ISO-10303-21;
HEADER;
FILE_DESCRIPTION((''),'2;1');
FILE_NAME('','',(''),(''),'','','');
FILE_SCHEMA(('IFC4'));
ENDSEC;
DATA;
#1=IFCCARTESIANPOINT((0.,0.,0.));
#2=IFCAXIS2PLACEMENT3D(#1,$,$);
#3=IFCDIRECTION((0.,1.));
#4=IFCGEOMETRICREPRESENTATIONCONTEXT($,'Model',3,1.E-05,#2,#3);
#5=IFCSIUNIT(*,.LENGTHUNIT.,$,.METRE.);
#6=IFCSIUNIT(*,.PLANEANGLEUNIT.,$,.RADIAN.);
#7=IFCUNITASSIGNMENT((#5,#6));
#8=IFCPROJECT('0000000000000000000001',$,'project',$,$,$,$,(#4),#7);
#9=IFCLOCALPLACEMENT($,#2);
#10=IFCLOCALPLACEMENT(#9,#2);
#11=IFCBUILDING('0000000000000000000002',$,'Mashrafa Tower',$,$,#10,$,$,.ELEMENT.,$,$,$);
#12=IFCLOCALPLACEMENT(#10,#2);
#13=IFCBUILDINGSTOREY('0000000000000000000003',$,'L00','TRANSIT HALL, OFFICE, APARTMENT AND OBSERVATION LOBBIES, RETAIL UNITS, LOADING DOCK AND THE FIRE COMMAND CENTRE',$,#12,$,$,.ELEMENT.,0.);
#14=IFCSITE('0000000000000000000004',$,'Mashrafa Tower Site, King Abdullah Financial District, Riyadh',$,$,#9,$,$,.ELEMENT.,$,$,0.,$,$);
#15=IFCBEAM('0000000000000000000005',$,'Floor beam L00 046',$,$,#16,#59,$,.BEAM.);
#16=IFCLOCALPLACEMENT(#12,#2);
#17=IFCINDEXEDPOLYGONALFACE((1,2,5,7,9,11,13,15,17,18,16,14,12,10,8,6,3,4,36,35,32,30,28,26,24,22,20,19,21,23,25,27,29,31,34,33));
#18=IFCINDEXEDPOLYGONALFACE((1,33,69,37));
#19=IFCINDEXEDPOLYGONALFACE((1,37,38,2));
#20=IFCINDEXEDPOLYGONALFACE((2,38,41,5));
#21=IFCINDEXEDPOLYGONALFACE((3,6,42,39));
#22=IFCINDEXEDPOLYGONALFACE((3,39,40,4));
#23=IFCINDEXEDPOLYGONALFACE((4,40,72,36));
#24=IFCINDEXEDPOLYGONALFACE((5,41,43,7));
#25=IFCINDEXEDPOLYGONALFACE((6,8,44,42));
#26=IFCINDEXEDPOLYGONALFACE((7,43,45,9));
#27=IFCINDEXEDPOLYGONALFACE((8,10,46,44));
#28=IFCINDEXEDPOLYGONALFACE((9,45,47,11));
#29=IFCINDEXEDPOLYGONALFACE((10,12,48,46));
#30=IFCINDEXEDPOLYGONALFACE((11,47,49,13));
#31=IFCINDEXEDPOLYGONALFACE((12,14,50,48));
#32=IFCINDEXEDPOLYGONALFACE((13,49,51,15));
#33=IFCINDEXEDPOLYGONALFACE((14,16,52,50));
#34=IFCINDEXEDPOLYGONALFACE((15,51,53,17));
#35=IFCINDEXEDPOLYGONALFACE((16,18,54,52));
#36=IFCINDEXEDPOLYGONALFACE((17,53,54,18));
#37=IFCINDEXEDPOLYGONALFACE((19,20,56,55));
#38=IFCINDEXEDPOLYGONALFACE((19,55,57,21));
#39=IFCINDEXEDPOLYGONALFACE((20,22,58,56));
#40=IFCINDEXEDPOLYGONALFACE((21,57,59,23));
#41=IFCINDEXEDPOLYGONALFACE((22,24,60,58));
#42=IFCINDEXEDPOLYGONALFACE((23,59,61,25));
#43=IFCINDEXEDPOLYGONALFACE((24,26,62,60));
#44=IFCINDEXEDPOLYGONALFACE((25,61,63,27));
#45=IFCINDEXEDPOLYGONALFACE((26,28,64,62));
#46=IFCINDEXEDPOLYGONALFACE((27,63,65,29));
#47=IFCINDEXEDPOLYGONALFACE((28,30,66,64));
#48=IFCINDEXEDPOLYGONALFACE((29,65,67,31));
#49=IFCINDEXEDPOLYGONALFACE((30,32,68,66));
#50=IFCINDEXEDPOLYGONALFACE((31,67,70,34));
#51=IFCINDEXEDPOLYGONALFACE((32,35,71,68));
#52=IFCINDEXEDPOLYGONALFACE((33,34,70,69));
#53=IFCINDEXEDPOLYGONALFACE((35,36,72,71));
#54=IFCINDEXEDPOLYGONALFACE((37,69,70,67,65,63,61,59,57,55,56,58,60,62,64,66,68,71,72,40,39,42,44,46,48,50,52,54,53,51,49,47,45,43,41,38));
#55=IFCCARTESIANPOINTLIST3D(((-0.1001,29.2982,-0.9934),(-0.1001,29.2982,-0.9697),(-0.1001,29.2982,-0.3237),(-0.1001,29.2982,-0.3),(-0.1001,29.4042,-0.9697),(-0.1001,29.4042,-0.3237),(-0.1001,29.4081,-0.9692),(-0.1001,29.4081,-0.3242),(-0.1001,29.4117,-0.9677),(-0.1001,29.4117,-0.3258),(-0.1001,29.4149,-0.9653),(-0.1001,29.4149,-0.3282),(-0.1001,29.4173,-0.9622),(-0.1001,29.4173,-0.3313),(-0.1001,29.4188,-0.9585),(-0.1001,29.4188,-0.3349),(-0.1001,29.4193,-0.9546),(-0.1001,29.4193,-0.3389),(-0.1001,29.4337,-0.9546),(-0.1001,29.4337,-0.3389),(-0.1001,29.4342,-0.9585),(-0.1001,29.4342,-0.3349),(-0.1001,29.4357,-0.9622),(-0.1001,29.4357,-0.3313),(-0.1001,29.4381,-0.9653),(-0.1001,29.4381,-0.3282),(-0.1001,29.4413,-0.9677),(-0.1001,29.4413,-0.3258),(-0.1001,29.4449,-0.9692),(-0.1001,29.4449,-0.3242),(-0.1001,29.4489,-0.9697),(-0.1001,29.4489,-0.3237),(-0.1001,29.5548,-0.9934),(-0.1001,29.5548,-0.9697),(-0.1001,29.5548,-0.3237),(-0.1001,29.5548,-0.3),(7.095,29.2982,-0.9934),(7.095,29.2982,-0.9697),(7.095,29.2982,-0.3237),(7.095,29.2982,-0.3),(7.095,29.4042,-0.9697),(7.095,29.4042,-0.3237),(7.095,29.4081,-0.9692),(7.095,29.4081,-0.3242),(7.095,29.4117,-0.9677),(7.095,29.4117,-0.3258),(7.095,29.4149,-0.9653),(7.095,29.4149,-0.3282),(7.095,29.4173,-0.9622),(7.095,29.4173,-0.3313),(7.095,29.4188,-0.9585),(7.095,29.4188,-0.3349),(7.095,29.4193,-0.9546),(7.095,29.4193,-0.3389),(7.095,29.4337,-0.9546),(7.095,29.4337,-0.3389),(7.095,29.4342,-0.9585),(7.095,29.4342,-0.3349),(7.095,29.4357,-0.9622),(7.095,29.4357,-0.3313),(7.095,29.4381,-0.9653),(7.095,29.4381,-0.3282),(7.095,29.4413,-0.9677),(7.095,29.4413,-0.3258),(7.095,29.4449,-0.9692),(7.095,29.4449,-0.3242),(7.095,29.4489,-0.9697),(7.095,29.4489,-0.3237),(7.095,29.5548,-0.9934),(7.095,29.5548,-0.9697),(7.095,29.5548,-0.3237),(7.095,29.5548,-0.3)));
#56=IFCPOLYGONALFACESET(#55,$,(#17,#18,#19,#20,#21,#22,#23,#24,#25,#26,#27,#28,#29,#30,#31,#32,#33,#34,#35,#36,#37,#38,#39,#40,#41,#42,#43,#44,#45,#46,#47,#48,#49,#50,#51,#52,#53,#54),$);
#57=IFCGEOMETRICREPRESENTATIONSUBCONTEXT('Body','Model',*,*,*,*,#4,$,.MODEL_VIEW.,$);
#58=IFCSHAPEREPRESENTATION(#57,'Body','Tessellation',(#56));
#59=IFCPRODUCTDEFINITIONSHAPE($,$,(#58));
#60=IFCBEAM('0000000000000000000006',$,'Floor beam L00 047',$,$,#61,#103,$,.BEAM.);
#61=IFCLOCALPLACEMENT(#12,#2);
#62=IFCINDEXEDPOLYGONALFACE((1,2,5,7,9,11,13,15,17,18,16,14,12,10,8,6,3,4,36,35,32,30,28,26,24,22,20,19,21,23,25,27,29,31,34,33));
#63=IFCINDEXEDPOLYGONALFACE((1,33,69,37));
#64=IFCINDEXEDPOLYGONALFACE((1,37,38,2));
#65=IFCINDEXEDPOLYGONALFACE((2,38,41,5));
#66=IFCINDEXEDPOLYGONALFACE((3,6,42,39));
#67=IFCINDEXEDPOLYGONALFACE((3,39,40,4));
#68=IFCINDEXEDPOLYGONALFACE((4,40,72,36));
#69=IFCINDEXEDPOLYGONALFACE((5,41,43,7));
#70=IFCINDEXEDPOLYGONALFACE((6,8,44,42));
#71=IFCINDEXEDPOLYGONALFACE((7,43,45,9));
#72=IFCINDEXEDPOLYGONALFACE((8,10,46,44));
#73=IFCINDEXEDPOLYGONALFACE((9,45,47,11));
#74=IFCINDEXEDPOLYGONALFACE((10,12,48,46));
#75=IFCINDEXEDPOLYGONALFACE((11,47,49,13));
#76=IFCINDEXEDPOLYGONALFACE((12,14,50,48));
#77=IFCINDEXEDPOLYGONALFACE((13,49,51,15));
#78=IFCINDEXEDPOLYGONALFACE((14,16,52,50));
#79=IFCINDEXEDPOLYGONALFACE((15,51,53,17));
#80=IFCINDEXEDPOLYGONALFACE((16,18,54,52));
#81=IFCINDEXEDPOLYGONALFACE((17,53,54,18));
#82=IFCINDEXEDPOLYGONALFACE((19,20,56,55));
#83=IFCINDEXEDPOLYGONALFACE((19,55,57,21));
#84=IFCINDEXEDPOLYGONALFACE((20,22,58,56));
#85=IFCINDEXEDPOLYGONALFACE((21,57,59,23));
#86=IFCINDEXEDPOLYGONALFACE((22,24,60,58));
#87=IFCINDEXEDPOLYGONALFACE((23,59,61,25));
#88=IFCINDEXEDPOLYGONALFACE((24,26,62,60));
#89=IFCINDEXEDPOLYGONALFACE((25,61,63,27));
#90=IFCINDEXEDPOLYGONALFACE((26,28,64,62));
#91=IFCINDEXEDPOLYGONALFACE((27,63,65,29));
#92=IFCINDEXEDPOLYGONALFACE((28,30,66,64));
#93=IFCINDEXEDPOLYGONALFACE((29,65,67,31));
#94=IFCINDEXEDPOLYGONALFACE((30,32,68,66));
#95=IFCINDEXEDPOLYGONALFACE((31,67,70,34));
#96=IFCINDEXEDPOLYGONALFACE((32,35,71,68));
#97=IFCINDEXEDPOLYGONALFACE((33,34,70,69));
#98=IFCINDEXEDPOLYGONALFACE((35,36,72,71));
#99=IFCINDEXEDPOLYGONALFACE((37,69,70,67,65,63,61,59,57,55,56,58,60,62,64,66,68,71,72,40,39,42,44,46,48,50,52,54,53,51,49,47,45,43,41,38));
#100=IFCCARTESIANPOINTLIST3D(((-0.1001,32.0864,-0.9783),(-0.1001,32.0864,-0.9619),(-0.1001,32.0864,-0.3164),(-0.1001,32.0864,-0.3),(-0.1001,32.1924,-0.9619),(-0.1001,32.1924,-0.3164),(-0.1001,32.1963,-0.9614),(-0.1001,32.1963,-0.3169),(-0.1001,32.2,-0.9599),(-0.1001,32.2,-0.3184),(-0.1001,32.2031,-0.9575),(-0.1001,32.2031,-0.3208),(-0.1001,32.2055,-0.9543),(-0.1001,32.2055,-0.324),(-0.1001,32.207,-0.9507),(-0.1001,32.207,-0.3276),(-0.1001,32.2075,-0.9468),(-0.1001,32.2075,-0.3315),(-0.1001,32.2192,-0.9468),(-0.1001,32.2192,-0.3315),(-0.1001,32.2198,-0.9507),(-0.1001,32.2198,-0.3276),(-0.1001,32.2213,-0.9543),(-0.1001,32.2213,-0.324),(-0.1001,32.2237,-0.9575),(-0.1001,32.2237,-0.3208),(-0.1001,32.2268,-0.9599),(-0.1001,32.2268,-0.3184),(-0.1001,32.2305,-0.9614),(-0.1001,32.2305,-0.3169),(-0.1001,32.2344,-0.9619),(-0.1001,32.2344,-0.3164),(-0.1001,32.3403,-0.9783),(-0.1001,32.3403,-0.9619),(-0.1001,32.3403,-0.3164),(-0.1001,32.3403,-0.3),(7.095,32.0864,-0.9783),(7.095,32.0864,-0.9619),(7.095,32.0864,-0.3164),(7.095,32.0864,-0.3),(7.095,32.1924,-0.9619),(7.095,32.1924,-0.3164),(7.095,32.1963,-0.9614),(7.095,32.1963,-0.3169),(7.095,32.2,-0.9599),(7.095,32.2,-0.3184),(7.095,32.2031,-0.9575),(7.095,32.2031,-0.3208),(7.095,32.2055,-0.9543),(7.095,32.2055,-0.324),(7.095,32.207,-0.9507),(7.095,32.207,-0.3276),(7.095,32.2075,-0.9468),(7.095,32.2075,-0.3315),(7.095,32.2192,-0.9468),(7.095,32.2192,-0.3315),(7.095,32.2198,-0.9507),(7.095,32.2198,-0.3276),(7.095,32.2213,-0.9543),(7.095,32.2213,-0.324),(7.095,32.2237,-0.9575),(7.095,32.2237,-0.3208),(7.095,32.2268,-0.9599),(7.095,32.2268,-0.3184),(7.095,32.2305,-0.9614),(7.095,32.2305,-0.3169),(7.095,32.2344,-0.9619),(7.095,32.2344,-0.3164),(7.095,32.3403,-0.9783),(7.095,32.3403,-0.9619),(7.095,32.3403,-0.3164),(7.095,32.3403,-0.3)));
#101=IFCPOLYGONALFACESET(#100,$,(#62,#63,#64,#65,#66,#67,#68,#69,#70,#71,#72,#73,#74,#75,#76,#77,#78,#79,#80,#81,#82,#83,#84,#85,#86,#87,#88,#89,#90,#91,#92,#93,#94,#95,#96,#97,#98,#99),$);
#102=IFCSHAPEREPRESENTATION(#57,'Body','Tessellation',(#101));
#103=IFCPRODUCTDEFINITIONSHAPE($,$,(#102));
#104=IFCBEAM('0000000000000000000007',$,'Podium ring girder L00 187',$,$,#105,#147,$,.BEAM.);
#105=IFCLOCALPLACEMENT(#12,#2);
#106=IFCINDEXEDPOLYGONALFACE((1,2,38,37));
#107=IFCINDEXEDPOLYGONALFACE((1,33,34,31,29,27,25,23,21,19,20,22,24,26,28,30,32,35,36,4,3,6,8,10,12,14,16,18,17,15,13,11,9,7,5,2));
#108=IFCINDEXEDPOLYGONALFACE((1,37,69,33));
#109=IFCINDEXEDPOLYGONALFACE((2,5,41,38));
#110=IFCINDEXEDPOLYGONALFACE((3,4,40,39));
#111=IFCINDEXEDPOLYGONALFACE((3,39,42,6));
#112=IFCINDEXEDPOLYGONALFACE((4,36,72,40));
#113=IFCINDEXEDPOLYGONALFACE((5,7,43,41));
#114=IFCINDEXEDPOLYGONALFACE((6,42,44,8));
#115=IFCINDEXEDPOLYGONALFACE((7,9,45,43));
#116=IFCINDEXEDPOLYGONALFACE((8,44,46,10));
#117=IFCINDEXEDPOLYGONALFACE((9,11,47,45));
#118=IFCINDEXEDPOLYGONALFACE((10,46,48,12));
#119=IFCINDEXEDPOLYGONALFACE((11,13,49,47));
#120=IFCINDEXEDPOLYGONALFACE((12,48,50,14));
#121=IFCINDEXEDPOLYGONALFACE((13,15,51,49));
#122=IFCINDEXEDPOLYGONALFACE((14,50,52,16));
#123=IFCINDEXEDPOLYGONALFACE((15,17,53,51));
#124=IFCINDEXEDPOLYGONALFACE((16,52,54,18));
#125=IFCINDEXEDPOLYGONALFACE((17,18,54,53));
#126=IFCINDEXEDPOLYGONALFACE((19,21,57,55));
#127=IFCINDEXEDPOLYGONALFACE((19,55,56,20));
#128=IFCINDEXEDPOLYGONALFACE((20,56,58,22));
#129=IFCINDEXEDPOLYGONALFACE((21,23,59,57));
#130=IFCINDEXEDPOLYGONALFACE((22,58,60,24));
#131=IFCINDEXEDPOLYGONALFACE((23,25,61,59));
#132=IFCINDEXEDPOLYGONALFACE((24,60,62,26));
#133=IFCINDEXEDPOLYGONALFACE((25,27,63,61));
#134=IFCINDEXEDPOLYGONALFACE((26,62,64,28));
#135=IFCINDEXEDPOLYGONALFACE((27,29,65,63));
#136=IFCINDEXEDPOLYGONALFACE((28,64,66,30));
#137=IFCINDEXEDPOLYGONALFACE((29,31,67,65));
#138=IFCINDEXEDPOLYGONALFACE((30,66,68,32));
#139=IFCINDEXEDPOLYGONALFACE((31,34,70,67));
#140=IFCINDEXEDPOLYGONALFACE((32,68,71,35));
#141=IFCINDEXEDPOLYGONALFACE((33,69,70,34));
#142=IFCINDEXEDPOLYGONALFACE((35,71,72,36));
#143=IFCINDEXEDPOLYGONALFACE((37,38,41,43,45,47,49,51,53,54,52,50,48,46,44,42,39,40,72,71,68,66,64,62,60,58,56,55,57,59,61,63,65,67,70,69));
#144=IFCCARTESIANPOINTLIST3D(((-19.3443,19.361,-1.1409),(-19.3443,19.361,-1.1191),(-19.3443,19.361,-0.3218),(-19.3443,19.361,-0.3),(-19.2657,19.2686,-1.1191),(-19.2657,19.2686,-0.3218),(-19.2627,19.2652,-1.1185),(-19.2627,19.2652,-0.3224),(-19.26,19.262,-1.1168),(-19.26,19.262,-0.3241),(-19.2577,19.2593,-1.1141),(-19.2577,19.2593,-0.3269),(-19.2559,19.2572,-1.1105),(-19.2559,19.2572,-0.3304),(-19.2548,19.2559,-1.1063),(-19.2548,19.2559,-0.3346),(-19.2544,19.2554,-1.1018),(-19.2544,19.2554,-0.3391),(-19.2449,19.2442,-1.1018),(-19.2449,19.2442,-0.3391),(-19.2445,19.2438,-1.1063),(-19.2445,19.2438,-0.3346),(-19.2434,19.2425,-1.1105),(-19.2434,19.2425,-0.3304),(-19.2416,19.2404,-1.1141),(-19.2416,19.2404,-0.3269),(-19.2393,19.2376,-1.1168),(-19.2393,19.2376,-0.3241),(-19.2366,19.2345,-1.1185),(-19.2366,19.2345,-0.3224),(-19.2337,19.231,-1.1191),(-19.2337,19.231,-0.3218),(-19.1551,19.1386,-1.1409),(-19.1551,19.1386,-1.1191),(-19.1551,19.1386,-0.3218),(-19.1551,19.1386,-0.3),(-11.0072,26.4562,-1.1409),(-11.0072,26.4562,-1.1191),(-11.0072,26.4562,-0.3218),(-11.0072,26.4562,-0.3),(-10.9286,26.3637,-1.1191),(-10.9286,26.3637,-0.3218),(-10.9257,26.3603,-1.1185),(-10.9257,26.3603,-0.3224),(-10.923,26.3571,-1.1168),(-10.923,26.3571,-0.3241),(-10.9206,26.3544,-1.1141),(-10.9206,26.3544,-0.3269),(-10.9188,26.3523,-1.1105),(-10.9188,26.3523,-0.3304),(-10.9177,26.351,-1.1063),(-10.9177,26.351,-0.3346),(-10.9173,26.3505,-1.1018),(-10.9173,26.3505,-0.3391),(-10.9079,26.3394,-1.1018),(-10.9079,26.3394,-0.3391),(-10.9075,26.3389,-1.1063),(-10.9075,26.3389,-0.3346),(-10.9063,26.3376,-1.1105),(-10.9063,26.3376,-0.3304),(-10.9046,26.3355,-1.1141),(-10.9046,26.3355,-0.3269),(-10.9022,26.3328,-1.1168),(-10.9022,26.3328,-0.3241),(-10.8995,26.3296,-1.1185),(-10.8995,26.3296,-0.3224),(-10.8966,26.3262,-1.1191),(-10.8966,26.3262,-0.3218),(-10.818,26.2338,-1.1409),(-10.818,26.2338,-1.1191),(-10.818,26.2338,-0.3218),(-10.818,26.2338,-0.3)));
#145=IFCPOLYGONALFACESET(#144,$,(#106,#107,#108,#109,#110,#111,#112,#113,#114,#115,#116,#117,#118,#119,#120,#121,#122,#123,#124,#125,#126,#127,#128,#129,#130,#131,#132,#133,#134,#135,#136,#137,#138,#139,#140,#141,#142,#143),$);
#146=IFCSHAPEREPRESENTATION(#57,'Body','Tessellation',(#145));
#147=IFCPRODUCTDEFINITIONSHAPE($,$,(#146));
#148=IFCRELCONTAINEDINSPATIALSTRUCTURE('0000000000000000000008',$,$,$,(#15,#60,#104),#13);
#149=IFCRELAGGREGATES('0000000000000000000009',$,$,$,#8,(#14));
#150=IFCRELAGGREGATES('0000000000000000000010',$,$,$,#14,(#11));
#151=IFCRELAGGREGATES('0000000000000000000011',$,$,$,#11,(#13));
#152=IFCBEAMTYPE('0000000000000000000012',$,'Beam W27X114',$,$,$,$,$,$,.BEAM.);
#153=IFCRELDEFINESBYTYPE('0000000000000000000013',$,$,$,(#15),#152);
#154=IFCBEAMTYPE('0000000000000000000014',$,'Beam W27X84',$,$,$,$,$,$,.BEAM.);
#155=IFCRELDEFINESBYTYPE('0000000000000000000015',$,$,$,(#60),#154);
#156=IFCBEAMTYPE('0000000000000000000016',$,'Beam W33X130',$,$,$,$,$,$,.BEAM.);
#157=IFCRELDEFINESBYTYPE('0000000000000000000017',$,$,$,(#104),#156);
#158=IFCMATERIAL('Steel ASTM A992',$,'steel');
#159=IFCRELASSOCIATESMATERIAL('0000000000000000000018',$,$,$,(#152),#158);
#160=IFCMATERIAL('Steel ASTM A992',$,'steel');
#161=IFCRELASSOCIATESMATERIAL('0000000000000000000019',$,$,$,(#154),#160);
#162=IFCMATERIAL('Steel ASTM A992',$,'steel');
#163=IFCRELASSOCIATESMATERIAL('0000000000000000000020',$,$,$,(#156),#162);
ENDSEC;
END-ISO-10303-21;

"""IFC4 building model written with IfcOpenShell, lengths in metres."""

from ifc_helpers import new_model, si_unit, direction, frame, origin, origin_2d, place, context, subcontext, project, spatial, i_section, extrude, material, material_profile, profile_set, type_object, element, save


model = new_model("IFC4")

# Units and contexts
model_context = context("Model", 3, precision=1e-05, world=origin(), true_north=direction((0.0, 1.0)))
body_context = subcontext(model_context, "Body", "Model", "MODEL_VIEW")
ifc_project = project(units=[si_unit("LENGTHUNIT", "METRE"), si_unit("PLANEANGLEUNIT", "RADIAN")], contexts=[model_context])

# Site, building, storey
site_placement = place(None, origin())
site = spatial("IfcSite", under=ifc_project, at=site_placement, Name="Mashrafa Tower Site, King Abdullah Financial District, Riyadh", CompositionType="ELEMENT", RefElevation=0.0)
building_placement = place(site_placement, origin())
building = spatial("IfcBuilding", under=site, at=building_placement, Name="Mashrafa Tower", CompositionType="ELEMENT")
storey_placement = place(building_placement, origin())
storey = spatial("IfcBuildingStorey", under=building, at=storey_placement, Name="L00", Description="TRANSIT HALL, OFFICE, APARTMENT AND OBSERVATION LOBBIES, RETAIL UNITS, LOADING DOCK AND THE FIRE COMMAND CENTRE", CompositionType="ELEMENT", Elevation=0.0)

# Beams
ifc_material_1 = material(Name="Steel ASTM A992", Category="steel")
ifc_material_profile_1 = material_profile(ifc_material_1, i_section(OverallWidth=0.2566, OverallDepth=0.6934, WebThickness=0.0144, FlangeThickness=0.0237, FilletRadius=0.0151, at=origin_2d()), Name="W27X114")
ifc_profile_set_1 = profile_set([ifc_material_profile_1], Name="Steel ASTM A992")
beam_type_1 = type_object("IfcBeamType", Name="Beam W27X114", PredefinedType="BEAM", material=ifc_profile_set_1)
beam_1_placement = place(storey_placement, frame((-0.1001, 29.4265, -0.6467), z_axis=(1.0, 0.0, 0.0), x_axis=(0.0, 1.0, 0.0)))
element("IfcBeam", 1, at=beam_1_placement, inside=storey, type_object=beam_type_1, Name="Floor beam L00 046", PredefinedType="BEAM", context=body_context, shape_type="SweptSolid", body=[
    extrude(i_section(OverallWidth=0.2566, OverallDepth=0.6934, WebThickness=0.0144, FlangeThickness=0.0237, FilletRadius=0.0151, at=origin_2d()), origin(), (0.0, 0.0, 1.0), 7.1951),
])
ifc_material_2 = material(Name="Steel ASTM A992", Category="steel")
ifc_material_profile_2 = material_profile(ifc_material_2, i_section(OverallWidth=0.2539, OverallDepth=0.6782, WebThickness=0.0117, FlangeThickness=0.0164, FilletRadius=0.0151, at=origin_2d()), Name="W27X84")
ifc_profile_set_2 = profile_set([ifc_material_profile_2], Name="Steel ASTM A992")
beam_type_2 = type_object("IfcBeamType", Name="Beam W27X84", PredefinedType="BEAM", material=ifc_profile_set_2)
beam_2_placement = place(storey_placement, frame((-0.1001, 32.2134, -0.6392), z_axis=(1.0, 0.0, 0.0), x_axis=(0.0, 1.0, 0.0)))
element("IfcBeam", 2, at=beam_2_placement, inside=storey, type_object=beam_type_2, Name="Floor beam L00 047", PredefinedType="BEAM", context=body_context, shape_type="SweptSolid", body=[
    extrude(i_section(OverallWidth=0.2539, OverallDepth=0.6782, WebThickness=0.0117, FlangeThickness=0.0164, FilletRadius=0.0151, at=origin_2d()), origin(), (0.0, 0.0, 1.0), 7.1951),
])
ifc_material_3 = material(Name="Steel ASTM A992", Category="steel")
ifc_material_profile_3 = material_profile(ifc_material_3, i_section(OverallWidth=0.292, OverallDepth=0.8408, WebThickness=0.0146, FlangeThickness=0.0217, FilletRadius=0.0173, at=origin_2d()), Name="W33X130")
ifc_profile_set_3 = profile_set([ifc_material_profile_3], Name="Steel ASTM A992")
beam_type_3 = type_object("IfcBeamType", Name="Beam W33X130", PredefinedType="BEAM", material=ifc_profile_set_3)
beam_3_placement = place(storey_placement, frame((-10.9126, 26.345, -0.7205), z_axis=(-0.76155, -0.648106, 0.0), x_axis=(0.648106, -0.76155, 0.0)))
element("IfcBeam", 3, at=beam_3_placement, inside=storey, type_object=beam_type_3, Name="Podium ring girder L00 187", PredefinedType="BEAM", context=body_context, shape_type="SweptSolid", body=[
    extrude(i_section(OverallWidth=0.292, OverallDepth=0.8408, WebThickness=0.0146, FlangeThickness=0.0217, FilletRadius=0.0173, at=origin_2d()), origin(), (0.0, 0.0, 1.0), 10.9475),
])

save(model, "model.ifc")
